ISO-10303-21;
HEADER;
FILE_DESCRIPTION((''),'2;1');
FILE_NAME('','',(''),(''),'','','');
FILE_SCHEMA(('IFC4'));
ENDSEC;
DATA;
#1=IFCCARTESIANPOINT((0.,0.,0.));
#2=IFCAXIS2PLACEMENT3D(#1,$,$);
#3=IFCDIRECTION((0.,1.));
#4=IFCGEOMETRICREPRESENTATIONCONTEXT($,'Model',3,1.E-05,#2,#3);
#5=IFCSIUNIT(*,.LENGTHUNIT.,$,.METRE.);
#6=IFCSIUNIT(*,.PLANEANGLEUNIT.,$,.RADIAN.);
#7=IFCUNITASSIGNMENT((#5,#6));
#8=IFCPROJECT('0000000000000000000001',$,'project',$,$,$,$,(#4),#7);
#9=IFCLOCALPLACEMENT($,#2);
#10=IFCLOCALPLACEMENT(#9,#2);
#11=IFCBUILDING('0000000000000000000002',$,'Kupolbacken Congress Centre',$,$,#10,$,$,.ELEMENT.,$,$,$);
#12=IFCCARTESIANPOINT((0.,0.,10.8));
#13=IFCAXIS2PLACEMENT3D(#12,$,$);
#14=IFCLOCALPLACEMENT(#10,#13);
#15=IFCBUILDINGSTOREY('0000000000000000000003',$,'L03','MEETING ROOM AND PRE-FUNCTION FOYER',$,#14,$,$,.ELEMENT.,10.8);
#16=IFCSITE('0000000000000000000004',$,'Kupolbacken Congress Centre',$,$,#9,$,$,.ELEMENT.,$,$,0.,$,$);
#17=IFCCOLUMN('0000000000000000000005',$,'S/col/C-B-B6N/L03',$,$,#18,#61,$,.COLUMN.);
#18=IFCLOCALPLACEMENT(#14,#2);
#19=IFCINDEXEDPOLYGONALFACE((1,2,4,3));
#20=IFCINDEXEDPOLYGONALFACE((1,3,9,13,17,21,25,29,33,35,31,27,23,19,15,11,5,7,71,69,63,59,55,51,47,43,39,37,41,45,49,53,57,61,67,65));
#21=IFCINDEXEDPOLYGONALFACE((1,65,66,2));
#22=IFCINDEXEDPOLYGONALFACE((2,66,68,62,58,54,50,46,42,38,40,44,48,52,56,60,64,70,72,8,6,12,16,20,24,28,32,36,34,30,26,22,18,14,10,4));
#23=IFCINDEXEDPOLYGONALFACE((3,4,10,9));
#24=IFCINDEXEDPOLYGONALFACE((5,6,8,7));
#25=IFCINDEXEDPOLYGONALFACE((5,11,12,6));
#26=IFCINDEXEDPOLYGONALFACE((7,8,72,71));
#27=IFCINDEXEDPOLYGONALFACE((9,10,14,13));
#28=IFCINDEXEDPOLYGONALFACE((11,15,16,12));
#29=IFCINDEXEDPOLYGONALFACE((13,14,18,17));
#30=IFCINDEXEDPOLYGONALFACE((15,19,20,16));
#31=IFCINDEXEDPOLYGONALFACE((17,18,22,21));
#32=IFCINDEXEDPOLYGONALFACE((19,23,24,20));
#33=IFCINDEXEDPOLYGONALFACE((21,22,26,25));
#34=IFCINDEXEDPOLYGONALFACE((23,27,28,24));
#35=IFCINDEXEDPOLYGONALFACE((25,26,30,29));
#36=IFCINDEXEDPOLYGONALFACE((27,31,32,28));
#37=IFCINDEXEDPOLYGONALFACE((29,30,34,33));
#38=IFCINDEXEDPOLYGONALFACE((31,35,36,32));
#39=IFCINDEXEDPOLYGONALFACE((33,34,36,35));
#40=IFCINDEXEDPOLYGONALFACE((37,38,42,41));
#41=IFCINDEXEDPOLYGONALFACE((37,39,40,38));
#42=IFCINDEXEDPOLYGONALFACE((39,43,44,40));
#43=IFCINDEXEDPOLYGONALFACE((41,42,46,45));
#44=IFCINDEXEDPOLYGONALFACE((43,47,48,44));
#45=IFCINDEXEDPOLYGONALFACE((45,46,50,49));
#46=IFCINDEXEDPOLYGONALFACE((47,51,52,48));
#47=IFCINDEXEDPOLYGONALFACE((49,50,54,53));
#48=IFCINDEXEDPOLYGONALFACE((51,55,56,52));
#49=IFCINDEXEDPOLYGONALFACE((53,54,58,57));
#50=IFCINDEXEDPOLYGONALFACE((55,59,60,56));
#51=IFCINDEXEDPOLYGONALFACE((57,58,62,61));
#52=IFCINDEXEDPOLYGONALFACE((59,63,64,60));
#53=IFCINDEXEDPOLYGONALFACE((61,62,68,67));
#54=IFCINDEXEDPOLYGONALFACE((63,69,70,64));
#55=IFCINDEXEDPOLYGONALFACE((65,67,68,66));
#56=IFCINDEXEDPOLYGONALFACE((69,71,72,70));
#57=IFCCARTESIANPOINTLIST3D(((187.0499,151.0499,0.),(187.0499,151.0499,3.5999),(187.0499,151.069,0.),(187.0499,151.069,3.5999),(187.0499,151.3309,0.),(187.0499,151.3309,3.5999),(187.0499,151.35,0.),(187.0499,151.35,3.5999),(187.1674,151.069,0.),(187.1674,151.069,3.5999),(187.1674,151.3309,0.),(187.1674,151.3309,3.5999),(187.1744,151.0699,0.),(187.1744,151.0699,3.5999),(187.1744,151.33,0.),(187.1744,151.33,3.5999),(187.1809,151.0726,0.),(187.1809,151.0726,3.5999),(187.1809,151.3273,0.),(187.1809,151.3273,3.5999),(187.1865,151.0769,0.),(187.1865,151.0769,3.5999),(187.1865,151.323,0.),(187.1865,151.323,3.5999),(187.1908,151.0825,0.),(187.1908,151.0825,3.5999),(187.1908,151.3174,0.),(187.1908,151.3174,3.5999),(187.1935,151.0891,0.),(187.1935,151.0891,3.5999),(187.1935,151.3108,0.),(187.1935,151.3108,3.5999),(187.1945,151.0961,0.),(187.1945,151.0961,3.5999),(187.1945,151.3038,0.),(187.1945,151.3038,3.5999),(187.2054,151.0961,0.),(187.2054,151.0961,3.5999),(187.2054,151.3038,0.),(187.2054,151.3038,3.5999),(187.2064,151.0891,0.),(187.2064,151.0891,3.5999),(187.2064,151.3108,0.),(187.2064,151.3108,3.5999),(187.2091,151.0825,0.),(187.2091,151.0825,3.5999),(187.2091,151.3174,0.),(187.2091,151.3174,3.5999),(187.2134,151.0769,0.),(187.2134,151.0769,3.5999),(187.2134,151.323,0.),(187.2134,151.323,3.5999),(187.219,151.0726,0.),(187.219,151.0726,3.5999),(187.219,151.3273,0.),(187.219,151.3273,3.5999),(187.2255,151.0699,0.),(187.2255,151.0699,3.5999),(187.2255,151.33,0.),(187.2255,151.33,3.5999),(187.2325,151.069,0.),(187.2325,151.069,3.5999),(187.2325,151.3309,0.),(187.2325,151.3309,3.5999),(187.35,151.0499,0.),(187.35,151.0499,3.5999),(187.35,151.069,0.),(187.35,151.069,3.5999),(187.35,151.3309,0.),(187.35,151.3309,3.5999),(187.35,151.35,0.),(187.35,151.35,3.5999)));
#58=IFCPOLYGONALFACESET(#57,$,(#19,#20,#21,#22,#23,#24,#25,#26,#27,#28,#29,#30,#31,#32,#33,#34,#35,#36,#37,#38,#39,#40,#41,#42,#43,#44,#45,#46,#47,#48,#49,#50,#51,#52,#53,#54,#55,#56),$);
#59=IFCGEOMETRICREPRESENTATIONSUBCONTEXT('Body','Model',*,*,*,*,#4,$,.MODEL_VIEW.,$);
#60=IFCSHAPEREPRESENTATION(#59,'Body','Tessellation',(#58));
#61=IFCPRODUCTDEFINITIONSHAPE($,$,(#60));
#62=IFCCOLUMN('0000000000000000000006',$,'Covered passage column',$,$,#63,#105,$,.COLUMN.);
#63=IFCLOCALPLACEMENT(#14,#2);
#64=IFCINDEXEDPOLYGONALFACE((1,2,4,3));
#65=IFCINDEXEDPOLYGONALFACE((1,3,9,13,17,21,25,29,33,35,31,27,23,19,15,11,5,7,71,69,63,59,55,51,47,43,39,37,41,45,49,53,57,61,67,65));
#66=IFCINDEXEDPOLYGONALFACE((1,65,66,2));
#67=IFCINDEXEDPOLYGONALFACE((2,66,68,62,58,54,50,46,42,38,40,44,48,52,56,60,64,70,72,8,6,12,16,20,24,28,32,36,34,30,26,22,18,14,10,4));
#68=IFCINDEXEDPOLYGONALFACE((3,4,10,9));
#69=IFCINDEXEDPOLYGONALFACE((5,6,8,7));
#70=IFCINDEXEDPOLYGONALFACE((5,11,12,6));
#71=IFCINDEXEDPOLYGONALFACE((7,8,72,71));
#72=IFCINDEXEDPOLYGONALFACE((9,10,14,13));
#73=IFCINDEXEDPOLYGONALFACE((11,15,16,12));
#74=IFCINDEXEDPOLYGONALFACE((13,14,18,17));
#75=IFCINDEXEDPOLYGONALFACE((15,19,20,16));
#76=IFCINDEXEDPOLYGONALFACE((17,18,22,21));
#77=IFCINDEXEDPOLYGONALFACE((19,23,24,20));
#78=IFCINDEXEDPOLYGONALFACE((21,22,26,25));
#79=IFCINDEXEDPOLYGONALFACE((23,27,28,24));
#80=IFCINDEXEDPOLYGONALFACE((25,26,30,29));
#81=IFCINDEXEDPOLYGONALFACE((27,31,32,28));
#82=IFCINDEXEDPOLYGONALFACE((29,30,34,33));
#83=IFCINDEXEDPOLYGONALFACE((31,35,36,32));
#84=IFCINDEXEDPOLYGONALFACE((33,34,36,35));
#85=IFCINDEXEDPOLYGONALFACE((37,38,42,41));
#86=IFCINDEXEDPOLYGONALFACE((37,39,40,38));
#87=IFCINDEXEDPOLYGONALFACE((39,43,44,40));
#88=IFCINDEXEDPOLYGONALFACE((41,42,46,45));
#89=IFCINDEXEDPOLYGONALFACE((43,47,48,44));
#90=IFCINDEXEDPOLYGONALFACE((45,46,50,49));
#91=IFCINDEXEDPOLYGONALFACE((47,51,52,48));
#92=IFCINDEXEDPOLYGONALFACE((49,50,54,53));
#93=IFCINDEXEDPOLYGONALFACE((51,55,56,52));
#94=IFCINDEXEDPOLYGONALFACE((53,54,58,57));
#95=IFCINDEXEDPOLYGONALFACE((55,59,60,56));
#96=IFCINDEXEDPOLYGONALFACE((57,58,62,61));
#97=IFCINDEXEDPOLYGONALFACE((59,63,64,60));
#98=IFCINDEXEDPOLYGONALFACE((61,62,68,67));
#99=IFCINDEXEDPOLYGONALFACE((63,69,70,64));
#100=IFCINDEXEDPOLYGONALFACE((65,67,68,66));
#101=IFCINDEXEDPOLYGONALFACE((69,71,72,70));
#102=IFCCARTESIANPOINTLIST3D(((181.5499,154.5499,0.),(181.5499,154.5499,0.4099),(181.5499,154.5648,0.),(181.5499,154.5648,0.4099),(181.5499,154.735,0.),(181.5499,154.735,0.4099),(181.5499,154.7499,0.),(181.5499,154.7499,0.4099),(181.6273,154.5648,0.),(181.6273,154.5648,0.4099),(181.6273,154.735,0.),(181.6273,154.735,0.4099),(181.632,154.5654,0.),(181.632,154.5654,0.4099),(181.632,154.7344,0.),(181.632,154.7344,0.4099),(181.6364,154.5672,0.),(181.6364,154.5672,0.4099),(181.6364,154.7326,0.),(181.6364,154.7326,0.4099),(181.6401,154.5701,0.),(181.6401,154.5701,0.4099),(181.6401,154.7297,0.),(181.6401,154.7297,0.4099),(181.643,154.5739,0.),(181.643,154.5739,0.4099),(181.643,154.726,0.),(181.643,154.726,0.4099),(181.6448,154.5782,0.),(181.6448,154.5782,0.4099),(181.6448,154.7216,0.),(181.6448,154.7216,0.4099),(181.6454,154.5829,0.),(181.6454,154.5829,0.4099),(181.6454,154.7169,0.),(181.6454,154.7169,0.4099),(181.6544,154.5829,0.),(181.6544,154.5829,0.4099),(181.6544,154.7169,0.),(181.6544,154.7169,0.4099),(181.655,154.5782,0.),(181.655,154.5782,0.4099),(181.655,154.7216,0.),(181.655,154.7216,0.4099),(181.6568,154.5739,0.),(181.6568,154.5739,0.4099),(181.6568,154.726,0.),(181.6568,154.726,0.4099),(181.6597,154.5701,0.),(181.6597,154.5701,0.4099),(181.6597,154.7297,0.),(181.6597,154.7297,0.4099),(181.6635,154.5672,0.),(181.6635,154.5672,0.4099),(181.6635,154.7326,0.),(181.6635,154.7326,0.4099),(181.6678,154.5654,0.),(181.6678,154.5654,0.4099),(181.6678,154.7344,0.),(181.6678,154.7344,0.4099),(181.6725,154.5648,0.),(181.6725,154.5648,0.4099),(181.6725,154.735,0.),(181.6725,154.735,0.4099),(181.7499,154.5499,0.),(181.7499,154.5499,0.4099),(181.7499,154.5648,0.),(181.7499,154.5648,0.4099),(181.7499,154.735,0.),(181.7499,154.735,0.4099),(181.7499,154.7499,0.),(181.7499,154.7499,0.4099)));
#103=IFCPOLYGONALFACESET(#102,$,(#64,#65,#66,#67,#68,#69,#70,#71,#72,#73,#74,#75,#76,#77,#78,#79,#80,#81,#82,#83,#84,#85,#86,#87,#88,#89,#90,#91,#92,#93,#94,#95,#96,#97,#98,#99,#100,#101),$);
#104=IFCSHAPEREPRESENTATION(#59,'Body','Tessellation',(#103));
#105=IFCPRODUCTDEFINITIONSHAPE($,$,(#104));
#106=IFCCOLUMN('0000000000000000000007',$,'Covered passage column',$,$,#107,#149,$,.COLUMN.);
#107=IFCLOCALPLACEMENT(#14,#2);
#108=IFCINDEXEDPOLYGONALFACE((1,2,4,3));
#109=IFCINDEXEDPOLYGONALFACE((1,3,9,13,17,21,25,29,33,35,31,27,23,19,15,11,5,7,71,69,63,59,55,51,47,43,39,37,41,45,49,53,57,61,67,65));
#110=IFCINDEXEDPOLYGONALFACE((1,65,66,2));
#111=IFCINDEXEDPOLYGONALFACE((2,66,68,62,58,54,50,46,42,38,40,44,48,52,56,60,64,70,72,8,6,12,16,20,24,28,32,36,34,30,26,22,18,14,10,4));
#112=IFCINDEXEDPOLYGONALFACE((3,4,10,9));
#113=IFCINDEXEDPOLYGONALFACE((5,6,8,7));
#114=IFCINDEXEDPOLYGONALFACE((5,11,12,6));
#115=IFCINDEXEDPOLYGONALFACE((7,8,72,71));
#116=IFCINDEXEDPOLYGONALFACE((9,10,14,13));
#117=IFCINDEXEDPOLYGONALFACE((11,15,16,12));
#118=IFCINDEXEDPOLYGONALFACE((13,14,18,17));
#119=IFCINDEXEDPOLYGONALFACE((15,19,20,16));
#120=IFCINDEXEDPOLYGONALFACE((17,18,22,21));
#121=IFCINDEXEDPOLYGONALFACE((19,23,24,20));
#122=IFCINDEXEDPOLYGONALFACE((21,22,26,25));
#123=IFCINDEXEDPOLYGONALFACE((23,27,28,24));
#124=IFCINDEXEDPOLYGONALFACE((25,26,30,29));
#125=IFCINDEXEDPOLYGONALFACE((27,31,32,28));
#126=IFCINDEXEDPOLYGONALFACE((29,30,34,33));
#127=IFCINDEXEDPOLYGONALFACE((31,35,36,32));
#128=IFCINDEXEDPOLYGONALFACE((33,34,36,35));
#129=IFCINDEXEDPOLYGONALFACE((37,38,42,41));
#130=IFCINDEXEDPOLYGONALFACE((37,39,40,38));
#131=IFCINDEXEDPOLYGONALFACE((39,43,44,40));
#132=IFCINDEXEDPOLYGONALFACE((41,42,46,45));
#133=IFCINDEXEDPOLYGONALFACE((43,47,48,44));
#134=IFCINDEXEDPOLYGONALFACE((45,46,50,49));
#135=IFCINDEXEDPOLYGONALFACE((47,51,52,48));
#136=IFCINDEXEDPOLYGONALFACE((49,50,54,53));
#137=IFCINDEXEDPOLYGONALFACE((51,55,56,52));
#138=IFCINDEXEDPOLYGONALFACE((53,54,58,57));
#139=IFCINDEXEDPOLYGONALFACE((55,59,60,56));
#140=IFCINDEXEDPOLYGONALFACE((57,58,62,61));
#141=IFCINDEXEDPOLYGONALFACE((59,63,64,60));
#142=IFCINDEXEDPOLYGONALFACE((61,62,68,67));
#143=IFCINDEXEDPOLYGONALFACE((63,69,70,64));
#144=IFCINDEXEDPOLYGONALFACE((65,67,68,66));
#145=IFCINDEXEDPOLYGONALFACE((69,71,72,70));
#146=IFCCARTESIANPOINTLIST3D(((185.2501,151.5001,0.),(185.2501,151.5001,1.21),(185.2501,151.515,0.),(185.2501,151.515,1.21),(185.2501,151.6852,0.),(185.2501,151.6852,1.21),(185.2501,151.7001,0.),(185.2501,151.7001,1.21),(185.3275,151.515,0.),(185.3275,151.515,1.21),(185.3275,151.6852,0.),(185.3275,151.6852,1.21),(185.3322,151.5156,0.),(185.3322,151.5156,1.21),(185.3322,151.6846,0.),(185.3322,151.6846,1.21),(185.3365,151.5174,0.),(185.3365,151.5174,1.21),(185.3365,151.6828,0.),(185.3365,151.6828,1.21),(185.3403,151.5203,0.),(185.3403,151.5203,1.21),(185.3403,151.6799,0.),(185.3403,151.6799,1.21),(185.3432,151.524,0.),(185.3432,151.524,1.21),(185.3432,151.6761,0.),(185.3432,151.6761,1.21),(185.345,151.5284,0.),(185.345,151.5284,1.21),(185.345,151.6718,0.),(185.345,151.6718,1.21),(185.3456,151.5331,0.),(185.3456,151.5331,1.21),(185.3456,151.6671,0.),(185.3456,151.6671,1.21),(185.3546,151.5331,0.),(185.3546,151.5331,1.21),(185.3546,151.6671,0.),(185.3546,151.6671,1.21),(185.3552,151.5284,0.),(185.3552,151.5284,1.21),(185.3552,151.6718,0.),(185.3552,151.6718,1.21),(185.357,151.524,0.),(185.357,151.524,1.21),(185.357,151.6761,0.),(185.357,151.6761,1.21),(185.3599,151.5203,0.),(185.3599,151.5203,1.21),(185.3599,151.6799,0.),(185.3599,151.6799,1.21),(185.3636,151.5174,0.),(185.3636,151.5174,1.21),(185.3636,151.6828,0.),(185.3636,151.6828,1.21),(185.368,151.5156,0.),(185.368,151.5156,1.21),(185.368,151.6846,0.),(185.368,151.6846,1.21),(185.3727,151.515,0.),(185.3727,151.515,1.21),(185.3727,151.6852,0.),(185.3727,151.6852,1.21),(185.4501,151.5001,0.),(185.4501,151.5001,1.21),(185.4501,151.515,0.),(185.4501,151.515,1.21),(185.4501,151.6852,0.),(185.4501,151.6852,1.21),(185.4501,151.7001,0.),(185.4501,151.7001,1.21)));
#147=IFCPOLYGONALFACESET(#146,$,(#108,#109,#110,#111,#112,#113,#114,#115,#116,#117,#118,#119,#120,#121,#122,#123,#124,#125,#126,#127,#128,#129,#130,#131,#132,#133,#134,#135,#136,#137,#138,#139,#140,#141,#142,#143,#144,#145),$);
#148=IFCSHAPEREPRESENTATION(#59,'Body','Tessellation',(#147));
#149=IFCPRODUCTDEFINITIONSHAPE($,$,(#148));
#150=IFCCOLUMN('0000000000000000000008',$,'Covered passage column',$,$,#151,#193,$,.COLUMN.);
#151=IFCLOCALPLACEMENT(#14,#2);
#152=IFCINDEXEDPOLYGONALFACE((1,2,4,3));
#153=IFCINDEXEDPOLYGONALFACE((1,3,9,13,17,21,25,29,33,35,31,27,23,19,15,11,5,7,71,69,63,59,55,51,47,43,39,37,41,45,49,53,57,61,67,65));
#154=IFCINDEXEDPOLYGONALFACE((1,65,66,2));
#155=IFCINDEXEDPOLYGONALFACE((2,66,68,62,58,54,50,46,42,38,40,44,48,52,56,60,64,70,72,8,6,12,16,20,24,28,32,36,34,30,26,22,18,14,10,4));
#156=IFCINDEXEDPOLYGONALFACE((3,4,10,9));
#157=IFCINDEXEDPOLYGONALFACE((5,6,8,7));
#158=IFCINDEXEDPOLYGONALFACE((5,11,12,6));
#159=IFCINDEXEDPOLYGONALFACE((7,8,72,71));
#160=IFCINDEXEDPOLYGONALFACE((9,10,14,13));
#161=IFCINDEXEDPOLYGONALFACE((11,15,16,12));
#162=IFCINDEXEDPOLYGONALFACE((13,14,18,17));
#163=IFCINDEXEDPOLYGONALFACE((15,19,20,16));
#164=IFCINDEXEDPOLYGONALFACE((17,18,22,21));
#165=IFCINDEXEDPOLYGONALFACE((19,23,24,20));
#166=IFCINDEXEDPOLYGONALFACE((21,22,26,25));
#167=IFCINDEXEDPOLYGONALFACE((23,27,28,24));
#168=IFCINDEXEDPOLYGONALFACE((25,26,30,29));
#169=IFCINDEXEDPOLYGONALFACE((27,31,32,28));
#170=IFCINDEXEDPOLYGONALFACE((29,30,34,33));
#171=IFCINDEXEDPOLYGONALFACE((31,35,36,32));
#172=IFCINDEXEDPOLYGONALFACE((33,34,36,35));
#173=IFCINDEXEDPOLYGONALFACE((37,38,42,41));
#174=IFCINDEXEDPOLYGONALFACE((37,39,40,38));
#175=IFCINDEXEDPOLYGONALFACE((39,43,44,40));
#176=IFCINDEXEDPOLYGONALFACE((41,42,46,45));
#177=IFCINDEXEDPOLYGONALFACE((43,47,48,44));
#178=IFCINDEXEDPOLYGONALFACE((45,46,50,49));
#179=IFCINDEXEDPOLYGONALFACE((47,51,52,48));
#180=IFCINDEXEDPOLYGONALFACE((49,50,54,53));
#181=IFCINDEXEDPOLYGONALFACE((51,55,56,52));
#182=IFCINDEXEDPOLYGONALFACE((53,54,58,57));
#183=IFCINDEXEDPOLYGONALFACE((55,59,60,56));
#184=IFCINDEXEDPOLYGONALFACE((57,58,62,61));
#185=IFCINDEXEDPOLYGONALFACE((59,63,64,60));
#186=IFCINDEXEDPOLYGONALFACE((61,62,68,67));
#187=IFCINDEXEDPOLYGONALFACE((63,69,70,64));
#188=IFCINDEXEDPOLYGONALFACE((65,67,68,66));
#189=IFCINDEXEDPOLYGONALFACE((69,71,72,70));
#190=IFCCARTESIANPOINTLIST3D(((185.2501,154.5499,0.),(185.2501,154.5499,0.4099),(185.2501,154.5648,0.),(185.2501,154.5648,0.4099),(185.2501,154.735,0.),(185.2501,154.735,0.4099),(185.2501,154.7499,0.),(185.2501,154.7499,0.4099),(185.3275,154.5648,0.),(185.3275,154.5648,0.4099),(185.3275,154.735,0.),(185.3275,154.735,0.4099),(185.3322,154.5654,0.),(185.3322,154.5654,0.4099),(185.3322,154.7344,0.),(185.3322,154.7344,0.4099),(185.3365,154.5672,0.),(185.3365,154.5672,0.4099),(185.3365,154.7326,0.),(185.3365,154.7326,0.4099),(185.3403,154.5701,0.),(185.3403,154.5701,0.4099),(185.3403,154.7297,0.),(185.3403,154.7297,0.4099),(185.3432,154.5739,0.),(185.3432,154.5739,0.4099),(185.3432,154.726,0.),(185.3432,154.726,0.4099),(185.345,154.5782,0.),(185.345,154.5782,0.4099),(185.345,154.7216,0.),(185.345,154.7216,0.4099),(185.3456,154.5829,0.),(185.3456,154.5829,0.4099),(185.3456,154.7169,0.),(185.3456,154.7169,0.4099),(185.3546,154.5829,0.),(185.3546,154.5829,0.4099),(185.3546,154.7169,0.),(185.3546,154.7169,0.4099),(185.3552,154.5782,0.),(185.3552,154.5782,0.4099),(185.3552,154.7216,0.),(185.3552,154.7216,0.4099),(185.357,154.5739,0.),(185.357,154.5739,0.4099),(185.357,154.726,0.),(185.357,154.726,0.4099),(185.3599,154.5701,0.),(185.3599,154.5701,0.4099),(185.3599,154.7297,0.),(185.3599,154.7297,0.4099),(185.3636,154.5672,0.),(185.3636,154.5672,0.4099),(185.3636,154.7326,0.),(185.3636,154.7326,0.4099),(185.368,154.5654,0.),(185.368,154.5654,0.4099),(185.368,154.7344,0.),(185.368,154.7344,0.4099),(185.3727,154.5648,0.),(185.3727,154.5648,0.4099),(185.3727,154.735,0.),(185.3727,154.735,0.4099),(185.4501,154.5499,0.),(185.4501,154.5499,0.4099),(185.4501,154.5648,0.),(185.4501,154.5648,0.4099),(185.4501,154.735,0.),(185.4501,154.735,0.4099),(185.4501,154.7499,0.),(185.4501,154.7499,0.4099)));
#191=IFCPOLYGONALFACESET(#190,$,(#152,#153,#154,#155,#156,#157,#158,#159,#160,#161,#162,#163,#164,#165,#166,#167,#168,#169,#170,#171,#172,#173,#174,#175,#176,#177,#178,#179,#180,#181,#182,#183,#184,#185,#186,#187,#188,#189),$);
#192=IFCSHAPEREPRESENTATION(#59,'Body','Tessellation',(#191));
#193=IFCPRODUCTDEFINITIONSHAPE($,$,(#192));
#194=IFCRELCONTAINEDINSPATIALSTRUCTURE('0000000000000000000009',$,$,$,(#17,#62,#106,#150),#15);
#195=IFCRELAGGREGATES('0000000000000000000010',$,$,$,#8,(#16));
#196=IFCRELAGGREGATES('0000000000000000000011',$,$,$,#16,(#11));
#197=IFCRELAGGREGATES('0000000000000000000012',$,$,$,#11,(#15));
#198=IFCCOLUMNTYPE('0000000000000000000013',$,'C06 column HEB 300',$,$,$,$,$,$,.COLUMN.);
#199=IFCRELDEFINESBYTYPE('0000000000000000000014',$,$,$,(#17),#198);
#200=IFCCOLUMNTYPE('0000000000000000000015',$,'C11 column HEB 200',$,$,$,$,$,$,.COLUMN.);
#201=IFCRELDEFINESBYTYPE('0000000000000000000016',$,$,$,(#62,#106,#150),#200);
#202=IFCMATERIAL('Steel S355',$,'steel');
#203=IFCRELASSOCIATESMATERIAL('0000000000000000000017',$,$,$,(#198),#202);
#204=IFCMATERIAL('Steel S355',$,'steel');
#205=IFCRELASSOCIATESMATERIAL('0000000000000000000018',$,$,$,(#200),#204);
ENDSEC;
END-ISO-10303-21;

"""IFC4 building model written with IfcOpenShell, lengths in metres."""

from ifc_helpers import new_model, si_unit, direction, frame, origin, origin_2d, place, context, subcontext, project, spatial, i_section, extrude, material, material_profile, profile_set, type_object, element, save


model = new_model("IFC4")

# Units and contexts
model_context = context("Model", 3, precision=1e-05, world=origin(), true_north=direction((0.0, 1.0)))
body_context = subcontext(model_context, "Body", "Model", "MODEL_VIEW")
ifc_project = project(units=[si_unit("LENGTHUNIT", "METRE"), si_unit("PLANEANGLEUNIT", "RADIAN")], contexts=[model_context])

# Site, building, storey
site_placement = place(None, origin())
site = spatial("IfcSite", under=ifc_project, at=site_placement, Name="Kupolbacken Congress Centre", CompositionType="ELEMENT", RefElevation=0.0)
building_placement = place(site_placement, origin())
building = spatial("IfcBuilding", under=site, at=building_placement, Name="Kupolbacken Congress Centre", CompositionType="ELEMENT")
storey_placement = place(building_placement, frame((0.0, 0.0, 10.8)))
storey = spatial("IfcBuildingStorey", under=building, at=storey_placement, Name="L03", Description="MEETING ROOM AND PRE-FUNCTION FOYER", CompositionType="ELEMENT", Elevation=10.8)

# Columns
ifc_material_1 = material(Name="Steel S355", Category="steel")
ifc_material_profile_1 = material_profile(ifc_material_1, i_section(OverallWidth=0.3, OverallDepth=0.3, WebThickness=0.011, FlangeThickness=0.019, FilletRadius=0.0271, at=origin_2d()), Name="HEB 300")
ifc_profile_set_1 = profile_set([ifc_material_profile_1], Name="Steel S355")
column_type_1 = type_object("IfcColumnType", Name="C06 column HEB 300", PredefinedType="COLUMN", material=ifc_profile_set_1)
column_1_placement = place(storey_placement, frame((187.2, 151.2, 0.0), z_axis=(0.0, 0.0, 1.0), x_axis=(1.0, 0.0, 0.0)))
element("IfcColumn", 1, at=column_1_placement, inside=storey, type_object=column_type_1, Name="S/col/C-B-B6N/L03", PredefinedType="COLUMN", context=body_context, shape_type="SweptSolid", body=[
    extrude(i_section(OverallWidth=0.3, OverallDepth=0.3, WebThickness=0.011, FlangeThickness=0.019, FilletRadius=0.0271, at=origin_2d()), origin(), (0.0, 0.0, 1.0), 3.5999),
])
ifc_material_2 = material(Name="Steel S355", Category="steel")
ifc_material_profile_2 = material_profile(ifc_material_2, i_section(OverallWidth=0.2, OverallDepth=0.2, WebThickness=0.009, FlangeThickness=0.0149, FilletRadius=0.0181, at=origin_2d()), Name="HEB 200")
ifc_profile_set_2 = profile_set([ifc_material_profile_2], Name="Steel S355")
column_type_2 = type_object("IfcColumnType", Name="C11 column HEB 200", PredefinedType="COLUMN", material=ifc_profile_set_2)
column_2_placement = place(storey_placement, frame((181.6499, 154.6499, 0.0), z_axis=(0.0, 0.0, 1.0), x_axis=(1.0, 0.0, 0.0)))
element("IfcColumn", 2, at=column_2_placement, inside=storey, type_object=column_type_2, Name="Covered passage column", PredefinedType="COLUMN", context=body_context, shape_type="SweptSolid", body=[
    extrude(i_section(OverallWidth=0.2, OverallDepth=0.2, WebThickness=0.009, FlangeThickness=0.0149, FilletRadius=0.0181, at=origin_2d()), origin(), (0.0, 0.0, 1.0), 0.4099),
])
column_3_placement = place(storey_placement, frame((185.3501, 151.6001, 0.0), z_axis=(0.0, 0.0, 1.0), x_axis=(1.0, 0.0, 0.0)))
element("IfcColumn", 3, at=column_3_placement, inside=storey, type_object=column_type_2, Name="Covered passage column", PredefinedType="COLUMN", context=body_context, shape_type="SweptSolid", body=[
    extrude(i_section(OverallWidth=0.2, OverallDepth=0.2, WebThickness=0.009, FlangeThickness=0.0149, FilletRadius=0.0181, at=origin_2d()), origin(), (0.0, 0.0, 1.0), 1.21),
])
column_4_placement = place(storey_placement, frame((185.3501, 154.6499, 0.0), z_axis=(0.0, 0.0, 1.0), x_axis=(1.0, 0.0, 0.0)))
element("IfcColumn", 4, at=column_4_placement, inside=storey, type_object=column_type_2, Name="Covered passage column", PredefinedType="COLUMN", context=body_context, shape_type="SweptSolid", body=[
    extrude(i_section(OverallWidth=0.2, OverallDepth=0.2, WebThickness=0.009, FlangeThickness=0.0149, FilletRadius=0.0181, at=origin_2d()), origin(), (0.0, 0.0, 1.0), 0.4099),
])

save(model, "model.ifc")
